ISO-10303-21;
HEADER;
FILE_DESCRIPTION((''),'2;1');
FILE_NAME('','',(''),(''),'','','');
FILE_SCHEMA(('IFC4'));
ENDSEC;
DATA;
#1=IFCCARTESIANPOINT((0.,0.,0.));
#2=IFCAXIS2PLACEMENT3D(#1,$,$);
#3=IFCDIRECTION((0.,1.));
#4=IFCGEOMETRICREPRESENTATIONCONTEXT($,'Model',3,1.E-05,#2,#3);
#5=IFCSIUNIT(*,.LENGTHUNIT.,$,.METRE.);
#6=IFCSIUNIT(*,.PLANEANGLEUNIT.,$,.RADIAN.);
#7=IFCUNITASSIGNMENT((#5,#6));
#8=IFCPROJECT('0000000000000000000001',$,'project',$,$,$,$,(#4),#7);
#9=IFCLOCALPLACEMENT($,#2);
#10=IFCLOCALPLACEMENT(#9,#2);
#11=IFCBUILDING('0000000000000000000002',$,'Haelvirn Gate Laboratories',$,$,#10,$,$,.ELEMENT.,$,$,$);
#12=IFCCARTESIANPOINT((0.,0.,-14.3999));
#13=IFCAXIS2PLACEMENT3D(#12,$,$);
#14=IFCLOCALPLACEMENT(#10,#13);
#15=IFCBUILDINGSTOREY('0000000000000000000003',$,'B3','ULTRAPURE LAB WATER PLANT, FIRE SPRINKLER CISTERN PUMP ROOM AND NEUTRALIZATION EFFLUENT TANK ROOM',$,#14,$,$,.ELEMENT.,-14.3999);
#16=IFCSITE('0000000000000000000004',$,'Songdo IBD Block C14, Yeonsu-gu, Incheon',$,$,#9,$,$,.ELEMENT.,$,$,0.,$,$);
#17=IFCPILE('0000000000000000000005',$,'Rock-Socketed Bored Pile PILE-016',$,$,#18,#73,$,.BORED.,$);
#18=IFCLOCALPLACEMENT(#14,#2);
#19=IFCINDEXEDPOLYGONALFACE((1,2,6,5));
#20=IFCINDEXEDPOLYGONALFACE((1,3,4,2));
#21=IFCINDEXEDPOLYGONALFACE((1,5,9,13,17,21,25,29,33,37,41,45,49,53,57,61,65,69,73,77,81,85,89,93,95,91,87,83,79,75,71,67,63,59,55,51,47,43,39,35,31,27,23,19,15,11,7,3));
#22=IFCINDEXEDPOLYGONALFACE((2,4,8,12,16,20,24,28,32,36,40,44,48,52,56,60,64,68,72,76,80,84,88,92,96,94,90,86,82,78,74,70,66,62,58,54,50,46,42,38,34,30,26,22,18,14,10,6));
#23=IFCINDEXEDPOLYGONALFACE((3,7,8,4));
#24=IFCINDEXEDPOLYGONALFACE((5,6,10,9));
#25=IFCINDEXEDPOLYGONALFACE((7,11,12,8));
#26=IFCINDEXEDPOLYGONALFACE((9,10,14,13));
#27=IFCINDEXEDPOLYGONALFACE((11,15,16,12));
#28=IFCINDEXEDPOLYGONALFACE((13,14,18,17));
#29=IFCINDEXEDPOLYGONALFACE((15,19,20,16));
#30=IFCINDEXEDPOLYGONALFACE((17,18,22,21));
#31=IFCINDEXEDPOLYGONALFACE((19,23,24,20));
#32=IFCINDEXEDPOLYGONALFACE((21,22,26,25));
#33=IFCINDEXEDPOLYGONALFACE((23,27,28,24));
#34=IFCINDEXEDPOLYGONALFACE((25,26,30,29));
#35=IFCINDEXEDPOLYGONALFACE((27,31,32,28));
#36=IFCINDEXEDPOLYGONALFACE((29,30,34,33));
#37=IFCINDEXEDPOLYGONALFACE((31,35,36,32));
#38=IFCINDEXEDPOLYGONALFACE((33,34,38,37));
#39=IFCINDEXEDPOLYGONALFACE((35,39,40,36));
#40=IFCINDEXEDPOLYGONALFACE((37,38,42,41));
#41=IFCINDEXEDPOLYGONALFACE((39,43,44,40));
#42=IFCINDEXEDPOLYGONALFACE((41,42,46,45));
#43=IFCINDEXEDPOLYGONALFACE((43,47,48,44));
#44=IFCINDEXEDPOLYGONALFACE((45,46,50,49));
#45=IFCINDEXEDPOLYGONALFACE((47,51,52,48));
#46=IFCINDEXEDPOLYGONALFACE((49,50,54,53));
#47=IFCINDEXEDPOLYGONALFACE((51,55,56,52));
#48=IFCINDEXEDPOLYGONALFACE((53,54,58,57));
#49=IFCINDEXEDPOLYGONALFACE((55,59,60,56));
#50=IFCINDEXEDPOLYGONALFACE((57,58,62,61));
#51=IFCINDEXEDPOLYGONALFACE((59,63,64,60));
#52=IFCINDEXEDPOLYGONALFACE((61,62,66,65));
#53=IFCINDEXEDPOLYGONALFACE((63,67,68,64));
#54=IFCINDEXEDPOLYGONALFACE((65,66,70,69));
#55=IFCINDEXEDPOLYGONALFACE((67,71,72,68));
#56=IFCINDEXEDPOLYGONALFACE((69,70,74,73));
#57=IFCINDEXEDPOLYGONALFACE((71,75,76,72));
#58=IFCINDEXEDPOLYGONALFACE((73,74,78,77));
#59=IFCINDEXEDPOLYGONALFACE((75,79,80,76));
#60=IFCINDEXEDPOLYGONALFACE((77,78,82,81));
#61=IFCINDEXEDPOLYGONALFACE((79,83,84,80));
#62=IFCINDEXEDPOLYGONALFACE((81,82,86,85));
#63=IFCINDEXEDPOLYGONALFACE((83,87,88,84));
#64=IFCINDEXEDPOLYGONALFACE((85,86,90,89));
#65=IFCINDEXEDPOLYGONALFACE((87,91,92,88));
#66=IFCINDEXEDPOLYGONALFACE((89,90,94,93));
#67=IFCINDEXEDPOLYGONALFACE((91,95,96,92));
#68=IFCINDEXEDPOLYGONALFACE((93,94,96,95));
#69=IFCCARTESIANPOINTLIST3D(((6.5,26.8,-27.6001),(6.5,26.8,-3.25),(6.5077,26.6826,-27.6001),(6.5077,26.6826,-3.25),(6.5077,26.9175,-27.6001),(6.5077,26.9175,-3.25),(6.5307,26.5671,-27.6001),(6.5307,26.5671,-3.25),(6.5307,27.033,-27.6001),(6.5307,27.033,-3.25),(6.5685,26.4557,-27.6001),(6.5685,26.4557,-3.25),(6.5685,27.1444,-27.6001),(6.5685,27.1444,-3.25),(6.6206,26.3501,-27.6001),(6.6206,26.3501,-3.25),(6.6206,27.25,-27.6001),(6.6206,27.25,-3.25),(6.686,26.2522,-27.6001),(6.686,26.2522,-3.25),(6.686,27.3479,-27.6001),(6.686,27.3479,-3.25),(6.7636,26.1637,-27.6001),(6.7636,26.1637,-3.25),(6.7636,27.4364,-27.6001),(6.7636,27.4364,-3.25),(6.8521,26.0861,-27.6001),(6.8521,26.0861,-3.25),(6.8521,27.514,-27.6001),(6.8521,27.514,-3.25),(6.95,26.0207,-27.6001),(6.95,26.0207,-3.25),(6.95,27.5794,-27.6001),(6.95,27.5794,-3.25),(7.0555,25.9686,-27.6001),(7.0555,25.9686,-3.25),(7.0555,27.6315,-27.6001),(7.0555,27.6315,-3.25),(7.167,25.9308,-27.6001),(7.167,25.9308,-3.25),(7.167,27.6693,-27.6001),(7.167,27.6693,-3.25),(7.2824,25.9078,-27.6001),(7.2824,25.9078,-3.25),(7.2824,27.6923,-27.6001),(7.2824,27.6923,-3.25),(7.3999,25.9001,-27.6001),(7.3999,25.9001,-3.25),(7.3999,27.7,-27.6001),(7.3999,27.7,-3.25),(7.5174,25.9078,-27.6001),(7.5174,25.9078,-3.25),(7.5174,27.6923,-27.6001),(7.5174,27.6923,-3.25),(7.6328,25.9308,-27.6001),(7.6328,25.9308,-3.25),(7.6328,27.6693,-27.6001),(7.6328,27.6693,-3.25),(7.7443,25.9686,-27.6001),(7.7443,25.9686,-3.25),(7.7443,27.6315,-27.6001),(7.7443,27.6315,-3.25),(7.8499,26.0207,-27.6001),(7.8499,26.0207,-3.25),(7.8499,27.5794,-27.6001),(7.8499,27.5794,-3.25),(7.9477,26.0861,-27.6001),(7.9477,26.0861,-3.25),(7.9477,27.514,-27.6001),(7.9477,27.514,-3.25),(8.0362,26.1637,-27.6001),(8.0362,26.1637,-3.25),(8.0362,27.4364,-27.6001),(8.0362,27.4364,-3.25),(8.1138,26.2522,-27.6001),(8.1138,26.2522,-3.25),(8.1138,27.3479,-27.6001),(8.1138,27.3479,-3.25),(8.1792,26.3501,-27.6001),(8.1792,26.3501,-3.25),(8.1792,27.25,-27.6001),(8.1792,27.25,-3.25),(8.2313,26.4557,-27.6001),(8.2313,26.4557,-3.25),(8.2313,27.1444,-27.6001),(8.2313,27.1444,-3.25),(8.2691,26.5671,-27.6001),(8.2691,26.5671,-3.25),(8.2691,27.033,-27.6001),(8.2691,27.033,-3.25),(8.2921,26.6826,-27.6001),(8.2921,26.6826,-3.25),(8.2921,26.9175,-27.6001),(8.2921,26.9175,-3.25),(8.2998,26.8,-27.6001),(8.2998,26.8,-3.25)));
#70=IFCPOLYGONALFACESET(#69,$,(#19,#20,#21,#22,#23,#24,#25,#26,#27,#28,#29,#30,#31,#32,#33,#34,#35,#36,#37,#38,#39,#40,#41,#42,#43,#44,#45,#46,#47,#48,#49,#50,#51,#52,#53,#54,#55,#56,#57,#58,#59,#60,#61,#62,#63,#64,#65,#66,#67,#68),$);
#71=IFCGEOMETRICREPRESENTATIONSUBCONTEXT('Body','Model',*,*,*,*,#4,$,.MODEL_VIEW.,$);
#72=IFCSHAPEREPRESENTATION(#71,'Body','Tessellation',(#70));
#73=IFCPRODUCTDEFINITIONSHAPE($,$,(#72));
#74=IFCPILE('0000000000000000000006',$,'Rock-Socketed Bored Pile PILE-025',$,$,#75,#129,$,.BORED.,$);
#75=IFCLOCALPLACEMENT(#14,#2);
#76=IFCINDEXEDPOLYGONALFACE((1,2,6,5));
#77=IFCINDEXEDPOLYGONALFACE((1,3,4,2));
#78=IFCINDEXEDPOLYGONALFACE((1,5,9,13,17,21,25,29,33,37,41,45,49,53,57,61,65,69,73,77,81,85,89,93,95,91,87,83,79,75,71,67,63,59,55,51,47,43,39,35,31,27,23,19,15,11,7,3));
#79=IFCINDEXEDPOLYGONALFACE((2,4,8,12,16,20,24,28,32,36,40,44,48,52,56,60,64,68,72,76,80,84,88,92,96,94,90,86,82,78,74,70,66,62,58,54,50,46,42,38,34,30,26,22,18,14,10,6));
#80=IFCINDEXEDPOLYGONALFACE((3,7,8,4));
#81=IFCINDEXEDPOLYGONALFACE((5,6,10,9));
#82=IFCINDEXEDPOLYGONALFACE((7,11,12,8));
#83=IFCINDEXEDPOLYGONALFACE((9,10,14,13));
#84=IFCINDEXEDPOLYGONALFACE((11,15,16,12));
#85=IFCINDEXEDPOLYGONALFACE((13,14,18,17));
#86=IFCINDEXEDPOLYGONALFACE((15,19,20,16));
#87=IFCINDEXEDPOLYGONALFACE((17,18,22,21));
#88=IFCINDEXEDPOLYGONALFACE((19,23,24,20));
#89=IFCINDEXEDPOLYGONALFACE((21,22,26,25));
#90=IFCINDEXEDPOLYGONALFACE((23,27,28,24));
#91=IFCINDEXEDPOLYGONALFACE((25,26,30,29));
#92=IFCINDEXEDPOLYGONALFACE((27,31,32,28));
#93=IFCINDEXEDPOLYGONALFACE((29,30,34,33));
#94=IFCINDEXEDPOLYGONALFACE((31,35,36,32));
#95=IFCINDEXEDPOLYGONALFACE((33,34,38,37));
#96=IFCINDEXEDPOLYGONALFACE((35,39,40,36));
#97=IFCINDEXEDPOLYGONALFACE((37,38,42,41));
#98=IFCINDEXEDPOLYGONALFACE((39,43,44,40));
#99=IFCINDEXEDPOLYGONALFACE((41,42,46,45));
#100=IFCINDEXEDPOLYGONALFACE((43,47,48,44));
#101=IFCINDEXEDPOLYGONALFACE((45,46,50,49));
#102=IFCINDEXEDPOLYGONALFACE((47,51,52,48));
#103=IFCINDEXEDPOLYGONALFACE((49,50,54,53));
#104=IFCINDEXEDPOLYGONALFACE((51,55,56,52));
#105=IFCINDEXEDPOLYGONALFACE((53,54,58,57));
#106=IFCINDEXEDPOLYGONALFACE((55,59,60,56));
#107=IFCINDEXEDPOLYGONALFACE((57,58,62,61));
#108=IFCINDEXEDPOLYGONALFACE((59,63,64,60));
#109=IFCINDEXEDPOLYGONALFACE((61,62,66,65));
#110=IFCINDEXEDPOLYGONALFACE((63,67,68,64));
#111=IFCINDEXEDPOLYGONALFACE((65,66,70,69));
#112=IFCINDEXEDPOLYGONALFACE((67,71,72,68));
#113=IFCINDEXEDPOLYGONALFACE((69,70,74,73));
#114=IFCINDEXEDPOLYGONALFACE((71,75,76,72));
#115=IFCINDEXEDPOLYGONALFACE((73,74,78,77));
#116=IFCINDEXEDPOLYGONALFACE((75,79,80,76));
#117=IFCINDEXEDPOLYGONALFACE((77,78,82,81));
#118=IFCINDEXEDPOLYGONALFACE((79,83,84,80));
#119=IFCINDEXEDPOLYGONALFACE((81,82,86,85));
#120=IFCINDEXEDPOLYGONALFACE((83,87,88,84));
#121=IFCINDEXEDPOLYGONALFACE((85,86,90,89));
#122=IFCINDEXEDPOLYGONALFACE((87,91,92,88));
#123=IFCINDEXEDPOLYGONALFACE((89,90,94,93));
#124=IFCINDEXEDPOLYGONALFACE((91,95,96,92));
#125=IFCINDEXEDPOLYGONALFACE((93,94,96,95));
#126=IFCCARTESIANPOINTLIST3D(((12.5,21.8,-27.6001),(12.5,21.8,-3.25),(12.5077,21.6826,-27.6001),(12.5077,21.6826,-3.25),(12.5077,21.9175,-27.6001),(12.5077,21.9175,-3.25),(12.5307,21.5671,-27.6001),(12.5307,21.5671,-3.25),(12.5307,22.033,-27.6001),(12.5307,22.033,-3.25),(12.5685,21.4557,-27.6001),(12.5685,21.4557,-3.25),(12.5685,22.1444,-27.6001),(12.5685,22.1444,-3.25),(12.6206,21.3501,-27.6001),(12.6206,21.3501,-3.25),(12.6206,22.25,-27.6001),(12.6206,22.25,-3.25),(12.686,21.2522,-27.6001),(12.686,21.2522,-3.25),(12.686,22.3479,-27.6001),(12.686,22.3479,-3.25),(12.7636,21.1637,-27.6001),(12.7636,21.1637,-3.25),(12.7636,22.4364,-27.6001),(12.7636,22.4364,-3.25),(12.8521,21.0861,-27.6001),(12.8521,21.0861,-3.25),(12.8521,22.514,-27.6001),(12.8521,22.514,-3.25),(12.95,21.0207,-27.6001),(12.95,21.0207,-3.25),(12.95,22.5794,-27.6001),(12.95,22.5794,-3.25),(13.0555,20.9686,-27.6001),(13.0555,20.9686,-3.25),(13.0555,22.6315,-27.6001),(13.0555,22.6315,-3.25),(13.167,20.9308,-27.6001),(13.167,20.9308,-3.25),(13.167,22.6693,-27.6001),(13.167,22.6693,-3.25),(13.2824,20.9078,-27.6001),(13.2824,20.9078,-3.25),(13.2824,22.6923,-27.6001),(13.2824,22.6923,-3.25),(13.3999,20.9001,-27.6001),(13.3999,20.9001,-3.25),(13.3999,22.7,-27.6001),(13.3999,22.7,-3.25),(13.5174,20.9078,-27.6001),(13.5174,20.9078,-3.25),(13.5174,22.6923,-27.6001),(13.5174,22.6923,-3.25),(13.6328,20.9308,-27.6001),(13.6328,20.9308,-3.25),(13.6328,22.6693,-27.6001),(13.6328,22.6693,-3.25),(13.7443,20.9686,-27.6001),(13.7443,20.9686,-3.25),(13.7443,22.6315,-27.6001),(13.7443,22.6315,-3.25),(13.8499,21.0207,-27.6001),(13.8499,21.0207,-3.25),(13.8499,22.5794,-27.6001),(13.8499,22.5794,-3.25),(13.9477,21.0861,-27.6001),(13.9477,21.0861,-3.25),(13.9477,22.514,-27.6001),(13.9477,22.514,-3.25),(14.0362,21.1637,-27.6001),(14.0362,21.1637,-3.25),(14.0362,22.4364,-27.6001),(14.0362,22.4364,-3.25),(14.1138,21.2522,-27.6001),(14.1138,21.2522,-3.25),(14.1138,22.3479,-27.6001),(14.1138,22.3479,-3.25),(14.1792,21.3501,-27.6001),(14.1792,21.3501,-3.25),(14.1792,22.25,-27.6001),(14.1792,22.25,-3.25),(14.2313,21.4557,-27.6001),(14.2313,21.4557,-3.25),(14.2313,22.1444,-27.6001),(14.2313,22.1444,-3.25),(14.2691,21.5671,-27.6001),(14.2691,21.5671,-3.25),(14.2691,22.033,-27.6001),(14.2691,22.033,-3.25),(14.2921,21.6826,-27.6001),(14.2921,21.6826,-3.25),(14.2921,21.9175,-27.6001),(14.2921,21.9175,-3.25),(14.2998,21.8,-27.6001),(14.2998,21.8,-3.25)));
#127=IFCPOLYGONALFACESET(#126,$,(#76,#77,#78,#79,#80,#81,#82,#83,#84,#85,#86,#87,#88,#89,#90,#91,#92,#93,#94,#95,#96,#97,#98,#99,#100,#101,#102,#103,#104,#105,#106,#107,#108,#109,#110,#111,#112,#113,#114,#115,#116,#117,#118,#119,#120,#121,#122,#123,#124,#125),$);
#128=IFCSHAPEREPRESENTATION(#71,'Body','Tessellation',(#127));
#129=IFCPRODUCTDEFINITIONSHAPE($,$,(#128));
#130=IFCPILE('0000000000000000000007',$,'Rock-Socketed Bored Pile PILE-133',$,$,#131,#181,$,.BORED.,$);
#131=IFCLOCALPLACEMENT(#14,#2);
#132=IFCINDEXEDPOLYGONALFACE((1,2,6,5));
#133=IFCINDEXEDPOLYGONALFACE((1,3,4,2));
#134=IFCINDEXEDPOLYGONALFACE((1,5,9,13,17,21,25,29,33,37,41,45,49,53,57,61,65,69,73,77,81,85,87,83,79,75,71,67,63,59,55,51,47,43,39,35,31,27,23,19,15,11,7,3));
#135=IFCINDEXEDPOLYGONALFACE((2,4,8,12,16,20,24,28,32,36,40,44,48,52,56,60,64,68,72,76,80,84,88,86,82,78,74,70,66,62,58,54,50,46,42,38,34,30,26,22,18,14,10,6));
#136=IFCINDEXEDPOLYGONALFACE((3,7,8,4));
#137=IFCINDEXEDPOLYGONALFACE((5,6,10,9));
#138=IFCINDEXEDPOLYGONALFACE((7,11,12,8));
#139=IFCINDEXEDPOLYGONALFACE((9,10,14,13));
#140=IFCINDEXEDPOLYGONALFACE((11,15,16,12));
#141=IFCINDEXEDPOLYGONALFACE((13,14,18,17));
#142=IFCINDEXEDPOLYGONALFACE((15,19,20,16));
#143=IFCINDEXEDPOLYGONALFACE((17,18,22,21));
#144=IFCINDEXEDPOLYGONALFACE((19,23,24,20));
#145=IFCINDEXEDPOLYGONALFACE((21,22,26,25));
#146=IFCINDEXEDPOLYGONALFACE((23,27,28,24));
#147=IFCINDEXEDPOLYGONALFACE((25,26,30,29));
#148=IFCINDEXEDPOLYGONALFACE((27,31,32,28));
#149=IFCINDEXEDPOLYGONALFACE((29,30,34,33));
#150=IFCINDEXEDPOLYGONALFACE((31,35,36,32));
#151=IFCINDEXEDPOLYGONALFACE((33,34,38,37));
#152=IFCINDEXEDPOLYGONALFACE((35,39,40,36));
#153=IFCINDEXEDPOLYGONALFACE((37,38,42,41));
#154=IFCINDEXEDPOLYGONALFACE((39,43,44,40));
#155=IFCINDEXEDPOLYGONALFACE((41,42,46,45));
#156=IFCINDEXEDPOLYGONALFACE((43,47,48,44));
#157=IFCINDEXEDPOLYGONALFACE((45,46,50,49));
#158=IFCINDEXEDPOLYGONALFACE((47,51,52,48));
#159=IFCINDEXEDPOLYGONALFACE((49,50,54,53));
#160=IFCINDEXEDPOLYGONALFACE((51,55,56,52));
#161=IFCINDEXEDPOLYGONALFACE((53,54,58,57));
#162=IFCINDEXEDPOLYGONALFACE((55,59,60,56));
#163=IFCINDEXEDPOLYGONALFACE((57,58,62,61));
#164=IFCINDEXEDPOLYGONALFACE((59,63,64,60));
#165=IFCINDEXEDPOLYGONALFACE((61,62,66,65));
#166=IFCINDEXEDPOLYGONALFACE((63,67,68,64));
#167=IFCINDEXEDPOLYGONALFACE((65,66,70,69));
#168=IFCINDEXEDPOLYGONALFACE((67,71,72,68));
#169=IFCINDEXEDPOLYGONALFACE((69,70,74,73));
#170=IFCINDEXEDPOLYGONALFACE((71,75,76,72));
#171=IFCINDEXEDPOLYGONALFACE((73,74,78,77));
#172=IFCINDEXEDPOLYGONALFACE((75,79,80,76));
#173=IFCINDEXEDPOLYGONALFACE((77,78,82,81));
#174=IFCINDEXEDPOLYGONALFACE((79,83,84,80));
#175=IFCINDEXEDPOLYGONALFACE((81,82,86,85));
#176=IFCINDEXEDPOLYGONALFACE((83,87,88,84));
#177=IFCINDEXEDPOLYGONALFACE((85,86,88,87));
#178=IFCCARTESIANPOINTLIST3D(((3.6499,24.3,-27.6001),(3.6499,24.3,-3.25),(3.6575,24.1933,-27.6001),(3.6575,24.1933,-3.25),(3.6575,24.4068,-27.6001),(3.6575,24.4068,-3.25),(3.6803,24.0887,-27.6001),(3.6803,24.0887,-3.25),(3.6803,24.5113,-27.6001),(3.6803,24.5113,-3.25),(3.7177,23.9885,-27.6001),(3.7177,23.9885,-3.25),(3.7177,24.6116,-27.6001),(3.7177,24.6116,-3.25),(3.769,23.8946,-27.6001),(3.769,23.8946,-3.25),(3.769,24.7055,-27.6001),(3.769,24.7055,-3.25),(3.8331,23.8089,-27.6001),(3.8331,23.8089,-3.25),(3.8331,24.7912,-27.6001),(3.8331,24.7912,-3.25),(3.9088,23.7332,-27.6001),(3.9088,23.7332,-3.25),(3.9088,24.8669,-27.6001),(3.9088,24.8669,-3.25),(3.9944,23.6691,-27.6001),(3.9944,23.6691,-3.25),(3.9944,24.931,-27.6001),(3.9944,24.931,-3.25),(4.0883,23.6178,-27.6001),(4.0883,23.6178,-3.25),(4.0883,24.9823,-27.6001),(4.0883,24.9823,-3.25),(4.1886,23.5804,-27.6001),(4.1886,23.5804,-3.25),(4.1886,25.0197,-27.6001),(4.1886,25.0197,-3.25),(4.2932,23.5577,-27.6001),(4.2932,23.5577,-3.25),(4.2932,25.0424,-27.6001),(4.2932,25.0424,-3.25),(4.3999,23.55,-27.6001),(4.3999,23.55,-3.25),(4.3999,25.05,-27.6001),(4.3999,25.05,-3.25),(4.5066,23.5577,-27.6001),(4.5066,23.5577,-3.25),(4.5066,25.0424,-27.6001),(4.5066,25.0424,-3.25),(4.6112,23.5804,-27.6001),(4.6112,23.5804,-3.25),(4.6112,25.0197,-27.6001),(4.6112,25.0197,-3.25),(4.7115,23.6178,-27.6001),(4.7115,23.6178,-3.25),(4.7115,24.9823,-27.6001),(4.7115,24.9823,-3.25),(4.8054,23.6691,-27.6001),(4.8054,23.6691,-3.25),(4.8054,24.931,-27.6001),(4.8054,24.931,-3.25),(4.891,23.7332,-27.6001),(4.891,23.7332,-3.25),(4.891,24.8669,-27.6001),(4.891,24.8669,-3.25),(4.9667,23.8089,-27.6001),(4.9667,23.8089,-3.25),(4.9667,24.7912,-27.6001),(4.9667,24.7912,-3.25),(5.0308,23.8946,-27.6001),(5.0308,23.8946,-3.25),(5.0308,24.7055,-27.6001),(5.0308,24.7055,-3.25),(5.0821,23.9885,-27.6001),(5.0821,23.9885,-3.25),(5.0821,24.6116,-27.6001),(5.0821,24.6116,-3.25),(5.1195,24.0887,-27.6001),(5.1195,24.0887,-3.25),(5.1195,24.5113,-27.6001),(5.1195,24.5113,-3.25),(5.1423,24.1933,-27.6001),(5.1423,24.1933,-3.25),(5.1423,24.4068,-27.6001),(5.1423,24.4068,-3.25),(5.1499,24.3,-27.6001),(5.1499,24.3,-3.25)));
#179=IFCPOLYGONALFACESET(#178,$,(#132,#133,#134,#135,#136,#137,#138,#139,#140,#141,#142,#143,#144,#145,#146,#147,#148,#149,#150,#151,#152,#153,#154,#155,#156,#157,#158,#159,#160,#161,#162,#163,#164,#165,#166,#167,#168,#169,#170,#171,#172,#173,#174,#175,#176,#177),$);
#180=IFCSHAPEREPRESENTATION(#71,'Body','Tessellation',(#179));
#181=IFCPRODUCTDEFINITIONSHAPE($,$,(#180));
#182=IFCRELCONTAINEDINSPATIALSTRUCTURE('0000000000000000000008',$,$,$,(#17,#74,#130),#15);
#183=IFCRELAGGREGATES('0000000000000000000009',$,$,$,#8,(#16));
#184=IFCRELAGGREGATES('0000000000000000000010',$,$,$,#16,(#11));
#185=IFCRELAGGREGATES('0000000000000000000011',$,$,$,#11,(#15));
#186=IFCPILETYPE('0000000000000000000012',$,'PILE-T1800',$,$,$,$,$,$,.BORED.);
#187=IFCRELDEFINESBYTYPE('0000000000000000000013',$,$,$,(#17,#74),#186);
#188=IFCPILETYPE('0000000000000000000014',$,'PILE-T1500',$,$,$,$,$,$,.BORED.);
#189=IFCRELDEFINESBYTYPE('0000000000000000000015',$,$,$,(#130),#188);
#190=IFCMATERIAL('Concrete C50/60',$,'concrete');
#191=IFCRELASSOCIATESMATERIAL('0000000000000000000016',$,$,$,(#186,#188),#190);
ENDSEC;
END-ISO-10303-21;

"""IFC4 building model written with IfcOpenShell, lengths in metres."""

from ifc_helpers import new_model, si_unit, direction, frame, origin, origin_2d, place, context, subcontext, project, spatial, circle, extrude, source, transform, mapped, material, material_profile, profile_set, type_object, type_shapes, element, save


model = new_model("IFC4")

# Units and contexts
model_context = context("Model", 3, precision=1e-05, world=origin(), true_north=direction((0.0, 1.0)))
body_context = subcontext(model_context, "Body", "Model", "MODEL_VIEW")
ifc_project = project(units=[si_unit("LENGTHUNIT", "METRE"), si_unit("PLANEANGLEUNIT", "RADIAN")], contexts=[model_context])

# Site, building, storey
site_placement = place(None, origin())
site = spatial("IfcSite", under=ifc_project, at=site_placement, Name="Songdo IBD Block C14, Yeonsu-gu, Incheon", CompositionType="ELEMENT", RefElevation=0.0)
building_placement = place(site_placement, origin())
building = spatial("IfcBuilding", under=site, at=building_placement, Name="Haelvirn Gate Laboratories", CompositionType="ELEMENT")
storey_placement = place(building_placement, frame((0.0, 0.0, -14.3999)))
storey = spatial("IfcBuildingStorey", under=building, at=storey_placement, Name="B3", Description="ULTRAPURE LAB WATER PLANT, FIRE SPRINKLER CISTERN PUMP ROOM AND NEUTRALIZATION EFFLUENT TANK ROOM", CompositionType="ELEMENT", Elevation=-14.3999)

# Piles
ifc_material_1 = material(Name="Concrete C50/60", Category="concrete")
ifc_material_profile_1 = material_profile(ifc_material_1, circle(Radius=0.8999, at=origin_2d()), Name="PILE-D1800")
ifc_profile_set_1 = profile_set([ifc_material_profile_1], Name="Concrete C50/60")
pile_type_1 = type_object("IfcPileType", Name="PILE-T1800", PredefinedType="BORED", material=ifc_profile_set_1)
shared_shape_1 = source(origin(), body_context, "Body", "SweptSolid", [
    extrude(circle(Radius=0.8999, at=origin_2d()), origin(), (0.0, 0.0, 1.0), 24.3501),
])
type_shapes(pile_type_1, [shared_shape_1])
for number, where, z_axis, x_axis, name in (
    (1, (7.3999, 26.8, -3.25), (0.0, 0.0, -1.0), (1.0, 0.0, 0.0), "Rock-Socketed Bored Pile PILE-016"),
    (2, (13.3999, 21.8, -3.25), (0.0, 0.0, -1.0), (1.0, 0.0, 0.0), "Rock-Socketed Bored Pile PILE-025"),
):
    element("IfcPile", number, at=place(storey_placement, frame(where, z_axis=z_axis, x_axis=x_axis)), inside=storey, type_object=pile_type_1, Name=name, PredefinedType="BORED", context=body_context, shape_type="MappedRepresentation", body=[
        mapped(shared_shape_1, transform((0.0, 0.0, 0.0), scale=1.0)),
    ])
ifc_material_profile_2 = material_profile(ifc_material_1, circle(Radius=0.75, at=origin_2d()), Name="PILE-D1500")
ifc_profile_set_2 = profile_set([ifc_material_profile_2], Name="Concrete C50/60")
pile_type_2 = type_object("IfcPileType", Name="PILE-T1500", PredefinedType="BORED", material=ifc_profile_set_2)
shared_shape_2 = source(origin(), body_context, "Body", "SweptSolid", [
    extrude(circle(Radius=0.75, at=origin_2d()), origin(), (0.0, 0.0, 1.0), 24.3501),
])
type_shapes(pile_type_2, [shared_shape_2])
for number, where, z_axis, x_axis, name in (
    (3, (4.3999, 24.3, -3.25), (0.0, 0.0, -1.0), (1.0, 0.0, 0.0), "Rock-Socketed Bored Pile PILE-133"),
):
    element("IfcPile", number, at=place(storey_placement, frame(where, z_axis=z_axis, x_axis=x_axis)), inside=storey, type_object=pile_type_2, Name=name, PredefinedType="BORED", context=body_context, shape_type="MappedRepresentation", body=[
        mapped(shared_shape_2, transform((0.0, 0.0, 0.0), scale=1.0)),
    ])

save(model, "model.ifc")
